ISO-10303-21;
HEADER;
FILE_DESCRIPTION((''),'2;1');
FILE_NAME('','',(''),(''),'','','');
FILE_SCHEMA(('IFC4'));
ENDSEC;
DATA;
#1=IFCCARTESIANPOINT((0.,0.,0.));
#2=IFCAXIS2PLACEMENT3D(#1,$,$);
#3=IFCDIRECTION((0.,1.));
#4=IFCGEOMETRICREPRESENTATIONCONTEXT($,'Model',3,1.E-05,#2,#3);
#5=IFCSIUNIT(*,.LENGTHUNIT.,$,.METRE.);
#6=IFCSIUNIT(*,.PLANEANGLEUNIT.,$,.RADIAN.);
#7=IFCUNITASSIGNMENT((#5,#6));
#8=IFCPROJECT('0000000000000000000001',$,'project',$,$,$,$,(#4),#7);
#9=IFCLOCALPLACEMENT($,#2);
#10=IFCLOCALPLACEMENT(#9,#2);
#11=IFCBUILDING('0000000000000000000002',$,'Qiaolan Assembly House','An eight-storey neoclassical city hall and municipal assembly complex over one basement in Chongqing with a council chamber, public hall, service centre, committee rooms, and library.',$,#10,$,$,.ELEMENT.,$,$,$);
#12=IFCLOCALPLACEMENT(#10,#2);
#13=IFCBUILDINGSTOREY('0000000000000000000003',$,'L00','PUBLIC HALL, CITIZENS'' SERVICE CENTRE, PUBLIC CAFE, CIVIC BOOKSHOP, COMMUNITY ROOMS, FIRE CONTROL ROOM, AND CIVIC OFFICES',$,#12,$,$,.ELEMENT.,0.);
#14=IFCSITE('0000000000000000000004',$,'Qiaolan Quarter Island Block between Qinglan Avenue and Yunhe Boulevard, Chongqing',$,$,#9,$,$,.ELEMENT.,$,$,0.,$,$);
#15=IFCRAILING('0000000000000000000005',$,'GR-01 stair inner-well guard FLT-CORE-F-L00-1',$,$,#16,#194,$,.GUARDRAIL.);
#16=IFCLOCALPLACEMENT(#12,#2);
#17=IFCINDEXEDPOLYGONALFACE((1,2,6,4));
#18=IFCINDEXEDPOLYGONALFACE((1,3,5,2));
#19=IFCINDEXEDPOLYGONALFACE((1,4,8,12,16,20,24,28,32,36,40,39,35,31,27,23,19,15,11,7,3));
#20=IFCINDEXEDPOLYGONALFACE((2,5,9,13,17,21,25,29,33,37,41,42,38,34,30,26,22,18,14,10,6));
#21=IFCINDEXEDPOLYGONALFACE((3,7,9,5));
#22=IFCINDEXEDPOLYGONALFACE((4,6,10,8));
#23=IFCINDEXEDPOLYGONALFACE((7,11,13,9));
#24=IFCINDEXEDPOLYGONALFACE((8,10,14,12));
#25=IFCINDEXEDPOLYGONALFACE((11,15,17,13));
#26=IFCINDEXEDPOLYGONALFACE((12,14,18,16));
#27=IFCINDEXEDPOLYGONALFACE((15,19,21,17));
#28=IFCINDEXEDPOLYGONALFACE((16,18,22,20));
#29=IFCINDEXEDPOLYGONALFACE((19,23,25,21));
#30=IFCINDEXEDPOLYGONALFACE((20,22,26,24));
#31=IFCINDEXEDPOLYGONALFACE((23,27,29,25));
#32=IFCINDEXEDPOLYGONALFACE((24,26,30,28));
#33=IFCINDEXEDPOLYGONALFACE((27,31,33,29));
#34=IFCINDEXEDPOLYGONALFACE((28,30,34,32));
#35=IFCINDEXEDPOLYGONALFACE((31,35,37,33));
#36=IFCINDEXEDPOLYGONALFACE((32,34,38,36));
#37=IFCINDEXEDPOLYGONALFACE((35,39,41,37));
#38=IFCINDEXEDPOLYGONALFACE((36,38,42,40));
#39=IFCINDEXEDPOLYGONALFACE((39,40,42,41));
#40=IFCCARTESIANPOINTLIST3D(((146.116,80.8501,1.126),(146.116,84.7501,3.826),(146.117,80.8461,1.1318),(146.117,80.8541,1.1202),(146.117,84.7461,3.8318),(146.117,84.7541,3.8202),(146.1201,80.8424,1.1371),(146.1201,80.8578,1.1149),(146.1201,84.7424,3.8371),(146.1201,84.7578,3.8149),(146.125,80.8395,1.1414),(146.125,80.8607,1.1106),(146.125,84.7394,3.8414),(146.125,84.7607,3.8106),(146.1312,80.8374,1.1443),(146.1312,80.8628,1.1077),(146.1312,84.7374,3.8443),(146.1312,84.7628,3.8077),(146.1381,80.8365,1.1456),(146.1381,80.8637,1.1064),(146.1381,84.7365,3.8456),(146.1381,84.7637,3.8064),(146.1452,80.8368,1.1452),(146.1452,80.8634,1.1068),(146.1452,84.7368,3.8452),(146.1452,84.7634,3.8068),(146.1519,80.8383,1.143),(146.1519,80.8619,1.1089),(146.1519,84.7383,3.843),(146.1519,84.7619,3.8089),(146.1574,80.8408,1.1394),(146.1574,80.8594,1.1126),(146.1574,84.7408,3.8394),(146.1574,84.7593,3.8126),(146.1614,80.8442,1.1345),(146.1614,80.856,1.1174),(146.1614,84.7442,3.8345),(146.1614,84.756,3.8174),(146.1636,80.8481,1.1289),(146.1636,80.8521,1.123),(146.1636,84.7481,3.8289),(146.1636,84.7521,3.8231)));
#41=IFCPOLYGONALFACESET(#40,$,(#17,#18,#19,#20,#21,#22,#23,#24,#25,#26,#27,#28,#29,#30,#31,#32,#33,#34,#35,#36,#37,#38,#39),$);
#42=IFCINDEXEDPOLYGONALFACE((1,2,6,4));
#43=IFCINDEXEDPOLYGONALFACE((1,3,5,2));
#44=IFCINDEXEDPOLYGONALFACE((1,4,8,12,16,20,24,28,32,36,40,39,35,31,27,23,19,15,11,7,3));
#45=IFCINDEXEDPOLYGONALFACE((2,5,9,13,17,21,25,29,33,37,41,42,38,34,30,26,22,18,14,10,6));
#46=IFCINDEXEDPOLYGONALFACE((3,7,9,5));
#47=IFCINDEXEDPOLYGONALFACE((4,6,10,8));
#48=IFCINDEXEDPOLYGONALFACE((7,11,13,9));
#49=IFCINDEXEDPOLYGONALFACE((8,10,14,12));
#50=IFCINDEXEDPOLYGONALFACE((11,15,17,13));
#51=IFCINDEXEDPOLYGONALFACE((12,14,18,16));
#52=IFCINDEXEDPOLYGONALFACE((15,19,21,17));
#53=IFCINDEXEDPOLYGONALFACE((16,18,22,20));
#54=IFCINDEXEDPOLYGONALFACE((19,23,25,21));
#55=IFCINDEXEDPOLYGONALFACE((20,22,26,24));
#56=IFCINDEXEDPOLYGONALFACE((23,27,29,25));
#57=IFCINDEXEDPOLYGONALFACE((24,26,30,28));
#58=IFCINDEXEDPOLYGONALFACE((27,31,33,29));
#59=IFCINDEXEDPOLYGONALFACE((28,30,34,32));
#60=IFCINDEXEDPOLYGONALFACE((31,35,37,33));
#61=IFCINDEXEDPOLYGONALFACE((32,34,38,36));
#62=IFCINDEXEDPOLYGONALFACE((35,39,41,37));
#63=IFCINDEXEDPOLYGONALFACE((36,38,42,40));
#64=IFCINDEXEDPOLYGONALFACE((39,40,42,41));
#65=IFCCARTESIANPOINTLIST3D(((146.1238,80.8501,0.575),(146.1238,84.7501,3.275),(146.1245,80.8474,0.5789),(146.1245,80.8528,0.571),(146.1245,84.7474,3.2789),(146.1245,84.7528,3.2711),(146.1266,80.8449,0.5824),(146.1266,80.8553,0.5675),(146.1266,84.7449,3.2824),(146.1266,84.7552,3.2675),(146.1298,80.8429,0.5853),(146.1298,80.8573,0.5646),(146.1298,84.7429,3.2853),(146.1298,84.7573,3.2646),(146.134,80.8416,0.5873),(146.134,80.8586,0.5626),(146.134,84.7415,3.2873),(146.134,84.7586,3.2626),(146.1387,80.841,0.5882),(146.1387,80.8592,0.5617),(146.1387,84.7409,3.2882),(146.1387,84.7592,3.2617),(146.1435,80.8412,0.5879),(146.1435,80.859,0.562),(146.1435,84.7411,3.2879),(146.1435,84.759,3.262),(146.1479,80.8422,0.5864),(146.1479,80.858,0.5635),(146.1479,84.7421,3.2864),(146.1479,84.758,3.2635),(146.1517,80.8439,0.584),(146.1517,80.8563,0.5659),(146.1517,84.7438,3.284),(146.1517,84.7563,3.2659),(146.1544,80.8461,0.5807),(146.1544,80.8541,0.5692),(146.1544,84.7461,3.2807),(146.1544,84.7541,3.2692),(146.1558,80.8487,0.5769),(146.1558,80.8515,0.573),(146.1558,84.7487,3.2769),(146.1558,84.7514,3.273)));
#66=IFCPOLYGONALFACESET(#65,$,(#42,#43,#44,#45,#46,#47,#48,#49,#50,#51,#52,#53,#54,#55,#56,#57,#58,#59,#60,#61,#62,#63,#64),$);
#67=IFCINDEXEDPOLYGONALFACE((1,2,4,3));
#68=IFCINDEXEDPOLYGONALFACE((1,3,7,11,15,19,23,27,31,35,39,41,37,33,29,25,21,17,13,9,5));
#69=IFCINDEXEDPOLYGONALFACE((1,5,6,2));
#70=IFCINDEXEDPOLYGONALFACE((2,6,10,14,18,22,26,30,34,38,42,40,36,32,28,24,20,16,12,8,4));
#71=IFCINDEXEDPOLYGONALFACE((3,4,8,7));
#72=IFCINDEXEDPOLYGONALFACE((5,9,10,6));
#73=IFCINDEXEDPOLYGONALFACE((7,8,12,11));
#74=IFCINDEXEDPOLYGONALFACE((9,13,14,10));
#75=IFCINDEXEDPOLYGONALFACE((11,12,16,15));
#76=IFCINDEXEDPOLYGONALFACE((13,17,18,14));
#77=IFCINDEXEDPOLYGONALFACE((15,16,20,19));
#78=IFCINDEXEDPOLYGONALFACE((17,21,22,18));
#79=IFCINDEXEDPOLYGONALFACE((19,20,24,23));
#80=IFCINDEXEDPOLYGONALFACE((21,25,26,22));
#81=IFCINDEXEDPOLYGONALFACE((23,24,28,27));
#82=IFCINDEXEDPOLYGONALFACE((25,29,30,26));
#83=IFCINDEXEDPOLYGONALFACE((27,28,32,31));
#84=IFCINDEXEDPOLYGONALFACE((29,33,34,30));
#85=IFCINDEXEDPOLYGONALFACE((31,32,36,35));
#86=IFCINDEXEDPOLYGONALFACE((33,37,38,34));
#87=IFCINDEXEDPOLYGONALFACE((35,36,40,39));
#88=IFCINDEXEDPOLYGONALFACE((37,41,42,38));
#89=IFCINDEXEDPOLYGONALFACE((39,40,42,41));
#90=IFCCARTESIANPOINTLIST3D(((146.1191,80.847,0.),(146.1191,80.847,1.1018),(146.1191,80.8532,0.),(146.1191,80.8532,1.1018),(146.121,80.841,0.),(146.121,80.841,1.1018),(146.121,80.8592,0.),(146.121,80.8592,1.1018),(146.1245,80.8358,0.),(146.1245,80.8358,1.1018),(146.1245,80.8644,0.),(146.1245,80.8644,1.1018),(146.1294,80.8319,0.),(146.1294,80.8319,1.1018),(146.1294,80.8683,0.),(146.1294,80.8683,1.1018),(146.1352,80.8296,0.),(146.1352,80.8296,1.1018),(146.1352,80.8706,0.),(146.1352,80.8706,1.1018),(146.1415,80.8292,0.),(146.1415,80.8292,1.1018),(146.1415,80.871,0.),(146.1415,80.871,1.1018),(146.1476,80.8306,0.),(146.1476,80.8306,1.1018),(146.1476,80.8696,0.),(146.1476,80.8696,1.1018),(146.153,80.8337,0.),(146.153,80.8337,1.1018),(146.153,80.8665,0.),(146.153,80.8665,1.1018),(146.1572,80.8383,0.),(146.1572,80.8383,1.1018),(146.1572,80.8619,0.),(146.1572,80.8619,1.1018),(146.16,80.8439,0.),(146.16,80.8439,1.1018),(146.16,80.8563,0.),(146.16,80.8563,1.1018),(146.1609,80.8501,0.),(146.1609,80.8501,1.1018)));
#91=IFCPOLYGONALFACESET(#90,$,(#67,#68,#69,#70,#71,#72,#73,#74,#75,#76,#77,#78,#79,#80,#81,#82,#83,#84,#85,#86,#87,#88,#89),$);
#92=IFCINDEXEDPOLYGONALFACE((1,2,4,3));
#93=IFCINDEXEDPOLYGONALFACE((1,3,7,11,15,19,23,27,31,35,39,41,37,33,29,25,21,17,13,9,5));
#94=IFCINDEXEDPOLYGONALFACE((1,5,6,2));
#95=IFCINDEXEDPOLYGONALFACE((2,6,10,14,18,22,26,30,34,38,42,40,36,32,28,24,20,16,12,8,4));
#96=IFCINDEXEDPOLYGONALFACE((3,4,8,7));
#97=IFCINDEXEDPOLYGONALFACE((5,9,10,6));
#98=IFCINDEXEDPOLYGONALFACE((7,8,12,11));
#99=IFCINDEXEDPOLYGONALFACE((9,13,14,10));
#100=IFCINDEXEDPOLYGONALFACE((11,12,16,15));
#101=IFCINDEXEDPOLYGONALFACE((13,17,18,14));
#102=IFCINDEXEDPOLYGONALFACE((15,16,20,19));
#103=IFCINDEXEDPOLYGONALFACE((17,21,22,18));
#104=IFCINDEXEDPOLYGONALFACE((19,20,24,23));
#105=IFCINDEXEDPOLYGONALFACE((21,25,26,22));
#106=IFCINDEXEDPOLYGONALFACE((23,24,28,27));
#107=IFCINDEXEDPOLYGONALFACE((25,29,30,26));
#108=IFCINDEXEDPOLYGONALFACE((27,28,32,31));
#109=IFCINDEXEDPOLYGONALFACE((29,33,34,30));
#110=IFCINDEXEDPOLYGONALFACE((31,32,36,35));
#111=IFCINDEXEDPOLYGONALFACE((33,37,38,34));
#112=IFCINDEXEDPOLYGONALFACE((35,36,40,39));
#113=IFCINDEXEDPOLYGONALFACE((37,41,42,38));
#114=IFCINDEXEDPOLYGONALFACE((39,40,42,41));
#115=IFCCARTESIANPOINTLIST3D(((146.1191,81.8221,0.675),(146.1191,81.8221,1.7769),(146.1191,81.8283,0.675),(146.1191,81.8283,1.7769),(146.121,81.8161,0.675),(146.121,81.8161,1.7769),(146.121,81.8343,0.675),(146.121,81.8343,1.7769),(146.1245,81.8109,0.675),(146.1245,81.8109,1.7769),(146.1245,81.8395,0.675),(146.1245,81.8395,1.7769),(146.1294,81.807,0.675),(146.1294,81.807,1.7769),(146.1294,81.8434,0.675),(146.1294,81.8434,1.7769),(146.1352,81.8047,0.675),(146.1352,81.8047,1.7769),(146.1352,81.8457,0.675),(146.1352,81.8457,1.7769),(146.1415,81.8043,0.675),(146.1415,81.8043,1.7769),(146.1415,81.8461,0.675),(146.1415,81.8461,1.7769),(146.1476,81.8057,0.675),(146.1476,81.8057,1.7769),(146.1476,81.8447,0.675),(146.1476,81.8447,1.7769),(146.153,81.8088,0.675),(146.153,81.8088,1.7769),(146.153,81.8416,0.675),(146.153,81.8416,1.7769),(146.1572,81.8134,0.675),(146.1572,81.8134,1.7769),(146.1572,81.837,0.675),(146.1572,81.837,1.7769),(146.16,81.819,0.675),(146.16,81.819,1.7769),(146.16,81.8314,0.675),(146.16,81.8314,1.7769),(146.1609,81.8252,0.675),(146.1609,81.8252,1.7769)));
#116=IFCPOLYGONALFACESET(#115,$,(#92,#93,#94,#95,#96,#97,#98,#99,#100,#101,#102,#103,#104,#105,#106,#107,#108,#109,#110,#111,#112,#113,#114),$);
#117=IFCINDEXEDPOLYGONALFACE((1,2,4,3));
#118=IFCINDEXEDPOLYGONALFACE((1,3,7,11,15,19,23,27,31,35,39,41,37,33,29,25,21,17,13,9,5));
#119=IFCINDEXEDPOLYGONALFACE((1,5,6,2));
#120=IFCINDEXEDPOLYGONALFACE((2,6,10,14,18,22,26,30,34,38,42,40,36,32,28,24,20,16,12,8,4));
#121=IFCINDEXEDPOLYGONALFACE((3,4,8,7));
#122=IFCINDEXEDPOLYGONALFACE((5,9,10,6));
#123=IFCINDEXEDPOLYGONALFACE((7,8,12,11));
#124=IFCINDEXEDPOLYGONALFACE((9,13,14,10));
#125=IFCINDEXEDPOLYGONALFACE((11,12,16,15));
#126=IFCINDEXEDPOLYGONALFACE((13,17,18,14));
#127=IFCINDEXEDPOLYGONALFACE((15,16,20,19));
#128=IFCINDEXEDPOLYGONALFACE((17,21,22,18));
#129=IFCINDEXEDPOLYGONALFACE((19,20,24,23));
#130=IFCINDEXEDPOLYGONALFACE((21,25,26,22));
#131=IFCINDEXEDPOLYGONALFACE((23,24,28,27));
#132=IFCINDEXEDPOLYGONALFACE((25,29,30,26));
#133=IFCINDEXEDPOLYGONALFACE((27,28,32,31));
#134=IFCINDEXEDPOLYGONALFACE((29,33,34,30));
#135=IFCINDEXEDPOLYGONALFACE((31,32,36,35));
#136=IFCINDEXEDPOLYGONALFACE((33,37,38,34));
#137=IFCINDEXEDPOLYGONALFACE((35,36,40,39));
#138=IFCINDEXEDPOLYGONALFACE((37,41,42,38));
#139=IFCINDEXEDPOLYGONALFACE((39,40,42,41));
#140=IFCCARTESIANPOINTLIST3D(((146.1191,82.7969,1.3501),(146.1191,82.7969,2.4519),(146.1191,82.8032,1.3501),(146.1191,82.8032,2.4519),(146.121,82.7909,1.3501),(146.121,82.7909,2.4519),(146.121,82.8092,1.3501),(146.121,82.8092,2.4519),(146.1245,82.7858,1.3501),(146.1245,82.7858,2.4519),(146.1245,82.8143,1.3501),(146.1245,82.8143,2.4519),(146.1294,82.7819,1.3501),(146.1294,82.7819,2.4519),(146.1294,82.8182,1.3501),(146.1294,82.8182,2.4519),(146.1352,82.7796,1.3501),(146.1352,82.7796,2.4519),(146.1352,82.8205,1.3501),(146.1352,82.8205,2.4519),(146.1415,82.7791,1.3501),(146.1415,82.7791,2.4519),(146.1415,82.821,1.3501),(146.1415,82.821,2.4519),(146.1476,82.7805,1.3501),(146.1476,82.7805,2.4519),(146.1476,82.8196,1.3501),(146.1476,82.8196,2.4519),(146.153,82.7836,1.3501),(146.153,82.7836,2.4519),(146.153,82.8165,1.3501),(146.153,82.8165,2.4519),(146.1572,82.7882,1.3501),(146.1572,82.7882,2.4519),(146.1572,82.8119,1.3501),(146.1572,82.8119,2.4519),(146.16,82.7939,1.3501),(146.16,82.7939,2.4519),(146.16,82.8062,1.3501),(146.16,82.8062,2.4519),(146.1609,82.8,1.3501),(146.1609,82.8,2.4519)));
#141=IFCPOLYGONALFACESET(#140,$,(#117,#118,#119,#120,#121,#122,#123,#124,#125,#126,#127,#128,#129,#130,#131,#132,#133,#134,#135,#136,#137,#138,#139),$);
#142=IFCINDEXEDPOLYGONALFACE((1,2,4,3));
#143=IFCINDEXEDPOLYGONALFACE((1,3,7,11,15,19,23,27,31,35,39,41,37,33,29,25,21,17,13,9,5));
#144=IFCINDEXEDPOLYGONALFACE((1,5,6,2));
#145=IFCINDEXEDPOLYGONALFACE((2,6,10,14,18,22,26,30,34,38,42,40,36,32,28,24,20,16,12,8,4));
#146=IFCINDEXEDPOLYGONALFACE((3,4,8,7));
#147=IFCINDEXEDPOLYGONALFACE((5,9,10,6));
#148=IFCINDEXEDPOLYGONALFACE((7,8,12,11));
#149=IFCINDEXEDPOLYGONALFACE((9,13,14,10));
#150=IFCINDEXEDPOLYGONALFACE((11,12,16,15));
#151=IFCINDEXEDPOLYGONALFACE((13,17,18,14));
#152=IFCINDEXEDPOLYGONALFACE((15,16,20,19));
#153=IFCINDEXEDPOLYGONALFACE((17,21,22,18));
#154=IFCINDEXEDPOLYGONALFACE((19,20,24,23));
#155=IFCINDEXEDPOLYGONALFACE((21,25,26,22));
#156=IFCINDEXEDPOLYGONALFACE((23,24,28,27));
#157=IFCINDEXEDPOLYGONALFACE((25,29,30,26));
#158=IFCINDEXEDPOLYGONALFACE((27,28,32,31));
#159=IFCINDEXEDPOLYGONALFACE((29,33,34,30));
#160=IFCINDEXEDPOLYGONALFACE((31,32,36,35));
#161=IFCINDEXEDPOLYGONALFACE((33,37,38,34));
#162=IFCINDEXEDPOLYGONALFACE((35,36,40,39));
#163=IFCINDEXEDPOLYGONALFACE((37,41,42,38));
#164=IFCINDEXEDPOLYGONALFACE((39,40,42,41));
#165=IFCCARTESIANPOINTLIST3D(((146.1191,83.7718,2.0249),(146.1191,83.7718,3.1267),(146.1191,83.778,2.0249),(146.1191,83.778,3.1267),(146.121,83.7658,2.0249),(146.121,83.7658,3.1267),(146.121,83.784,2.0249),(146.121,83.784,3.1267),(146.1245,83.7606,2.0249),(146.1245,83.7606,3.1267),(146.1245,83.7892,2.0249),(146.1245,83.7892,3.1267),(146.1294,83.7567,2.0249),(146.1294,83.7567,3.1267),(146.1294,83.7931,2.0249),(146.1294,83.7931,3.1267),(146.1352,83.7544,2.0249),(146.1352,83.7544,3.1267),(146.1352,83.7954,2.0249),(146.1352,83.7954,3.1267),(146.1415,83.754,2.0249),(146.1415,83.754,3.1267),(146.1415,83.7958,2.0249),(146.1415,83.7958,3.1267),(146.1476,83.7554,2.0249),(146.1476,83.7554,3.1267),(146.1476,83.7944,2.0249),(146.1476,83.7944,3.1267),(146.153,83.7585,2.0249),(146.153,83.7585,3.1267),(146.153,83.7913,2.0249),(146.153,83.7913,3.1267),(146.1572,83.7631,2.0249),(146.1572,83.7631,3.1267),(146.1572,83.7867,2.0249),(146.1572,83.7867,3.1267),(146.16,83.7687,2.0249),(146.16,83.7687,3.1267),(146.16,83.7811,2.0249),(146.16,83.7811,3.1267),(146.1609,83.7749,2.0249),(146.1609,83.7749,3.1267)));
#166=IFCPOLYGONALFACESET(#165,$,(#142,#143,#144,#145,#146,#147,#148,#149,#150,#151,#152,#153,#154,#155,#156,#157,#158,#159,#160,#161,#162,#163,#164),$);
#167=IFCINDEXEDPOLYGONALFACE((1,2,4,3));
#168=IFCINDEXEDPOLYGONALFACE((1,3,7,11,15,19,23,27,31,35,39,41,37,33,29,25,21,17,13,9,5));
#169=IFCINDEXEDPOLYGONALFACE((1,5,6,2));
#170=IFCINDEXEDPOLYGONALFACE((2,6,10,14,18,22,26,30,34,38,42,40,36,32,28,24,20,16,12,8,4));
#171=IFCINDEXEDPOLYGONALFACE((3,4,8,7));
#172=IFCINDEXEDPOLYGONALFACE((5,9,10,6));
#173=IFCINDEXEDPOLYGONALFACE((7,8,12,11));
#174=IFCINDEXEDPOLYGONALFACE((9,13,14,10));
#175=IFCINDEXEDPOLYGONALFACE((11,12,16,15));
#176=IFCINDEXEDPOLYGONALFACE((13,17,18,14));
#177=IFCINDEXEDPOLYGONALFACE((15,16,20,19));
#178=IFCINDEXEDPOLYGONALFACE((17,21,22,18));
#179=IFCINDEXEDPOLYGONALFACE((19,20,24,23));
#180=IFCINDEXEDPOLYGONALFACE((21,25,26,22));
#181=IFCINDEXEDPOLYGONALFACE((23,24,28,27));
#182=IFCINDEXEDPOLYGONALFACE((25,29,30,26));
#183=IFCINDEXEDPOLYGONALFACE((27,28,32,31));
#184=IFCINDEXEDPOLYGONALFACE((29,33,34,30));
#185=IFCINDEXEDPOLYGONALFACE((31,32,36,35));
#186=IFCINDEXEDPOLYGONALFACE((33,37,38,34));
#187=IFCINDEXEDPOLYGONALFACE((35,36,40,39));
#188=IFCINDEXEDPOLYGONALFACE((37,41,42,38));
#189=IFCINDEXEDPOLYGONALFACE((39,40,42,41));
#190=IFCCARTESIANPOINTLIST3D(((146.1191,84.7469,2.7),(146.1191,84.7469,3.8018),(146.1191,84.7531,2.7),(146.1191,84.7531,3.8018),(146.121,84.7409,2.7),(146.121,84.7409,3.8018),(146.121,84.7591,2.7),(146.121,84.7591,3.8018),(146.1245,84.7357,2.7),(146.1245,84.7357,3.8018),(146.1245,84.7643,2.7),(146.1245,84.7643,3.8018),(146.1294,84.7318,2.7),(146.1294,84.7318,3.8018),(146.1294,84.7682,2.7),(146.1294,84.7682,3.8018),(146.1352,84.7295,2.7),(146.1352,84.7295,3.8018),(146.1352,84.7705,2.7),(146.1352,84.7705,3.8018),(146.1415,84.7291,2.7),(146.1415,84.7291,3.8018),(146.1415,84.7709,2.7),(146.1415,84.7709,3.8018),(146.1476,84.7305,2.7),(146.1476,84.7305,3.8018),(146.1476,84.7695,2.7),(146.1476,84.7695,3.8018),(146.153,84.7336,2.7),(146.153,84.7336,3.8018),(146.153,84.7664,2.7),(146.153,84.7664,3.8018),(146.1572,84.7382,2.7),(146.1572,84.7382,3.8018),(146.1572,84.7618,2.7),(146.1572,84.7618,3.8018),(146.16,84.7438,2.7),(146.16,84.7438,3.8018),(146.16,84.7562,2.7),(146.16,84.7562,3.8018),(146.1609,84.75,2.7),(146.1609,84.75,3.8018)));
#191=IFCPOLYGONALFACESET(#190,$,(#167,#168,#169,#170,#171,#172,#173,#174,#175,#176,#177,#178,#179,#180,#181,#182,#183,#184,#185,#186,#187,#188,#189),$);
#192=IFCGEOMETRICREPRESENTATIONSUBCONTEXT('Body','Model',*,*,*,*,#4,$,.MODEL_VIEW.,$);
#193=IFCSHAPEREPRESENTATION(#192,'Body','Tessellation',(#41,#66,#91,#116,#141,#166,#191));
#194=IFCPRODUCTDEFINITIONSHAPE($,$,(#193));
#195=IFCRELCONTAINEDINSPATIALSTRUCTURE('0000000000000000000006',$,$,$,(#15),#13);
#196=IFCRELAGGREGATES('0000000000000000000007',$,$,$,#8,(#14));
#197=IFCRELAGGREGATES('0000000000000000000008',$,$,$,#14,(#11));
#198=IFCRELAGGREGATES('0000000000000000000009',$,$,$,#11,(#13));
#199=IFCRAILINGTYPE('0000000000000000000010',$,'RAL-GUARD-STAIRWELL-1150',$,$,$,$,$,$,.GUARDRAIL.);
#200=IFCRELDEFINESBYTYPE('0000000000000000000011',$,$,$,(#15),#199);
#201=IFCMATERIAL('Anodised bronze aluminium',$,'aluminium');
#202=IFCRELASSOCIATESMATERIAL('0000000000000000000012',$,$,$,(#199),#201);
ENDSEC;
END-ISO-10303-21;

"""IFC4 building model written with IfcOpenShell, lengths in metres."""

from ifc_helpers import new_model, si_unit, direction, frame, origin, origin_2d, place, context, subcontext, project, spatial, circle, extrude, material, type_object, element, save


model = new_model("IFC4")

# Units and contexts
model_context = context("Model", 3, precision=1e-05, world=origin(), true_north=direction((0.0, 1.0)))
body_context = subcontext(model_context, "Body", "Model", "MODEL_VIEW")
ifc_project = project(units=[si_unit("LENGTHUNIT", "METRE"), si_unit("PLANEANGLEUNIT", "RADIAN")], contexts=[model_context])

# Site, building, storey
site_placement = place(None, origin())
site = spatial("IfcSite", under=ifc_project, at=site_placement, Name="Qiaolan Quarter Island Block between Qinglan Avenue and Yunhe Boulevard, Chongqing", CompositionType="ELEMENT", RefElevation=0.0)
building_placement = place(site_placement, origin())
building = spatial("IfcBuilding", under=site, at=building_placement, Name="Qiaolan Assembly House", Description="An eight-storey neoclassical city hall and municipal assembly complex over one basement in Chongqing with a council chamber, public hall, service centre, committee rooms, and library.", CompositionType="ELEMENT")
storey_placement = place(building_placement, origin())
storey = spatial("IfcBuildingStorey", under=building, at=storey_placement, Name="L00", Description="PUBLIC HALL, CITIZENS' SERVICE CENTRE, PUBLIC CAFE, CIVIC BOOKSHOP, COMMUNITY ROOMS, FIRE CONTROL ROOM, AND CIVIC OFFICES", CompositionType="ELEMENT", Elevation=0.0)

# Shared definitions
ifc_material_1 = material(Name="Anodised bronze aluminium", Category="aluminium")

# Railing
railing_type_1 = type_object("IfcRailingType", Name="RAL-GUARD-STAIRWELL-1150", PredefinedType="GUARDRAIL", material=ifc_material_1)
railing_1_placement = place(storey_placement, frame((146.1399, 80.8501, 0.0)))
element("IfcRailing", 1, at=railing_1_placement, inside=storey, type_object=railing_type_1, Name="GR-01 stair inner-well guard FLT-CORE-F-L00-1", PredefinedType="GUARDRAIL", context=body_context, shape_type="SweptSolid", body=[
    extrude(circle(Radius=0.0239, at=origin_2d()), frame((0.0, 0.0, 1.126), z_axis=(0.0, 0.82219, 0.569213), x_axis=(-1.0, 0.0, 0.0)), (0.0, 0.0, 1.0), 4.7434),
    extrude(circle(Radius=0.0161, at=origin_2d()), frame((0.0, 0.0, 0.575), z_axis=(0.0, 0.82219, 0.569213), x_axis=(-1.0, 0.0, 0.0)), (0.0, 0.0, 1.0), 4.7434),
    extrude(circle(Radius=0.021, at=origin_2d()), origin(), (0.0, 0.0, 1.0), 1.1018),
    extrude(circle(Radius=0.021, at=origin_2d()), frame((0.0, 0.9751, 0.675)), (0.0, 0.0, 1.0), 1.1018),
    extrude(circle(Radius=0.021, at=origin_2d()), frame((0.0, 1.95, 1.3501)), (0.0, 0.0, 1.0), 1.1018),
    extrude(circle(Radius=0.021, at=origin_2d()), frame((0.0, 2.9248, 2.0249)), (0.0, 0.0, 1.0), 1.1018),
    extrude(circle(Radius=0.021, at=origin_2d()), frame((0.0, 3.8999, 2.7)), (0.0, 0.0, 1.0), 1.1018),
])

save(model, "model.ifc")
